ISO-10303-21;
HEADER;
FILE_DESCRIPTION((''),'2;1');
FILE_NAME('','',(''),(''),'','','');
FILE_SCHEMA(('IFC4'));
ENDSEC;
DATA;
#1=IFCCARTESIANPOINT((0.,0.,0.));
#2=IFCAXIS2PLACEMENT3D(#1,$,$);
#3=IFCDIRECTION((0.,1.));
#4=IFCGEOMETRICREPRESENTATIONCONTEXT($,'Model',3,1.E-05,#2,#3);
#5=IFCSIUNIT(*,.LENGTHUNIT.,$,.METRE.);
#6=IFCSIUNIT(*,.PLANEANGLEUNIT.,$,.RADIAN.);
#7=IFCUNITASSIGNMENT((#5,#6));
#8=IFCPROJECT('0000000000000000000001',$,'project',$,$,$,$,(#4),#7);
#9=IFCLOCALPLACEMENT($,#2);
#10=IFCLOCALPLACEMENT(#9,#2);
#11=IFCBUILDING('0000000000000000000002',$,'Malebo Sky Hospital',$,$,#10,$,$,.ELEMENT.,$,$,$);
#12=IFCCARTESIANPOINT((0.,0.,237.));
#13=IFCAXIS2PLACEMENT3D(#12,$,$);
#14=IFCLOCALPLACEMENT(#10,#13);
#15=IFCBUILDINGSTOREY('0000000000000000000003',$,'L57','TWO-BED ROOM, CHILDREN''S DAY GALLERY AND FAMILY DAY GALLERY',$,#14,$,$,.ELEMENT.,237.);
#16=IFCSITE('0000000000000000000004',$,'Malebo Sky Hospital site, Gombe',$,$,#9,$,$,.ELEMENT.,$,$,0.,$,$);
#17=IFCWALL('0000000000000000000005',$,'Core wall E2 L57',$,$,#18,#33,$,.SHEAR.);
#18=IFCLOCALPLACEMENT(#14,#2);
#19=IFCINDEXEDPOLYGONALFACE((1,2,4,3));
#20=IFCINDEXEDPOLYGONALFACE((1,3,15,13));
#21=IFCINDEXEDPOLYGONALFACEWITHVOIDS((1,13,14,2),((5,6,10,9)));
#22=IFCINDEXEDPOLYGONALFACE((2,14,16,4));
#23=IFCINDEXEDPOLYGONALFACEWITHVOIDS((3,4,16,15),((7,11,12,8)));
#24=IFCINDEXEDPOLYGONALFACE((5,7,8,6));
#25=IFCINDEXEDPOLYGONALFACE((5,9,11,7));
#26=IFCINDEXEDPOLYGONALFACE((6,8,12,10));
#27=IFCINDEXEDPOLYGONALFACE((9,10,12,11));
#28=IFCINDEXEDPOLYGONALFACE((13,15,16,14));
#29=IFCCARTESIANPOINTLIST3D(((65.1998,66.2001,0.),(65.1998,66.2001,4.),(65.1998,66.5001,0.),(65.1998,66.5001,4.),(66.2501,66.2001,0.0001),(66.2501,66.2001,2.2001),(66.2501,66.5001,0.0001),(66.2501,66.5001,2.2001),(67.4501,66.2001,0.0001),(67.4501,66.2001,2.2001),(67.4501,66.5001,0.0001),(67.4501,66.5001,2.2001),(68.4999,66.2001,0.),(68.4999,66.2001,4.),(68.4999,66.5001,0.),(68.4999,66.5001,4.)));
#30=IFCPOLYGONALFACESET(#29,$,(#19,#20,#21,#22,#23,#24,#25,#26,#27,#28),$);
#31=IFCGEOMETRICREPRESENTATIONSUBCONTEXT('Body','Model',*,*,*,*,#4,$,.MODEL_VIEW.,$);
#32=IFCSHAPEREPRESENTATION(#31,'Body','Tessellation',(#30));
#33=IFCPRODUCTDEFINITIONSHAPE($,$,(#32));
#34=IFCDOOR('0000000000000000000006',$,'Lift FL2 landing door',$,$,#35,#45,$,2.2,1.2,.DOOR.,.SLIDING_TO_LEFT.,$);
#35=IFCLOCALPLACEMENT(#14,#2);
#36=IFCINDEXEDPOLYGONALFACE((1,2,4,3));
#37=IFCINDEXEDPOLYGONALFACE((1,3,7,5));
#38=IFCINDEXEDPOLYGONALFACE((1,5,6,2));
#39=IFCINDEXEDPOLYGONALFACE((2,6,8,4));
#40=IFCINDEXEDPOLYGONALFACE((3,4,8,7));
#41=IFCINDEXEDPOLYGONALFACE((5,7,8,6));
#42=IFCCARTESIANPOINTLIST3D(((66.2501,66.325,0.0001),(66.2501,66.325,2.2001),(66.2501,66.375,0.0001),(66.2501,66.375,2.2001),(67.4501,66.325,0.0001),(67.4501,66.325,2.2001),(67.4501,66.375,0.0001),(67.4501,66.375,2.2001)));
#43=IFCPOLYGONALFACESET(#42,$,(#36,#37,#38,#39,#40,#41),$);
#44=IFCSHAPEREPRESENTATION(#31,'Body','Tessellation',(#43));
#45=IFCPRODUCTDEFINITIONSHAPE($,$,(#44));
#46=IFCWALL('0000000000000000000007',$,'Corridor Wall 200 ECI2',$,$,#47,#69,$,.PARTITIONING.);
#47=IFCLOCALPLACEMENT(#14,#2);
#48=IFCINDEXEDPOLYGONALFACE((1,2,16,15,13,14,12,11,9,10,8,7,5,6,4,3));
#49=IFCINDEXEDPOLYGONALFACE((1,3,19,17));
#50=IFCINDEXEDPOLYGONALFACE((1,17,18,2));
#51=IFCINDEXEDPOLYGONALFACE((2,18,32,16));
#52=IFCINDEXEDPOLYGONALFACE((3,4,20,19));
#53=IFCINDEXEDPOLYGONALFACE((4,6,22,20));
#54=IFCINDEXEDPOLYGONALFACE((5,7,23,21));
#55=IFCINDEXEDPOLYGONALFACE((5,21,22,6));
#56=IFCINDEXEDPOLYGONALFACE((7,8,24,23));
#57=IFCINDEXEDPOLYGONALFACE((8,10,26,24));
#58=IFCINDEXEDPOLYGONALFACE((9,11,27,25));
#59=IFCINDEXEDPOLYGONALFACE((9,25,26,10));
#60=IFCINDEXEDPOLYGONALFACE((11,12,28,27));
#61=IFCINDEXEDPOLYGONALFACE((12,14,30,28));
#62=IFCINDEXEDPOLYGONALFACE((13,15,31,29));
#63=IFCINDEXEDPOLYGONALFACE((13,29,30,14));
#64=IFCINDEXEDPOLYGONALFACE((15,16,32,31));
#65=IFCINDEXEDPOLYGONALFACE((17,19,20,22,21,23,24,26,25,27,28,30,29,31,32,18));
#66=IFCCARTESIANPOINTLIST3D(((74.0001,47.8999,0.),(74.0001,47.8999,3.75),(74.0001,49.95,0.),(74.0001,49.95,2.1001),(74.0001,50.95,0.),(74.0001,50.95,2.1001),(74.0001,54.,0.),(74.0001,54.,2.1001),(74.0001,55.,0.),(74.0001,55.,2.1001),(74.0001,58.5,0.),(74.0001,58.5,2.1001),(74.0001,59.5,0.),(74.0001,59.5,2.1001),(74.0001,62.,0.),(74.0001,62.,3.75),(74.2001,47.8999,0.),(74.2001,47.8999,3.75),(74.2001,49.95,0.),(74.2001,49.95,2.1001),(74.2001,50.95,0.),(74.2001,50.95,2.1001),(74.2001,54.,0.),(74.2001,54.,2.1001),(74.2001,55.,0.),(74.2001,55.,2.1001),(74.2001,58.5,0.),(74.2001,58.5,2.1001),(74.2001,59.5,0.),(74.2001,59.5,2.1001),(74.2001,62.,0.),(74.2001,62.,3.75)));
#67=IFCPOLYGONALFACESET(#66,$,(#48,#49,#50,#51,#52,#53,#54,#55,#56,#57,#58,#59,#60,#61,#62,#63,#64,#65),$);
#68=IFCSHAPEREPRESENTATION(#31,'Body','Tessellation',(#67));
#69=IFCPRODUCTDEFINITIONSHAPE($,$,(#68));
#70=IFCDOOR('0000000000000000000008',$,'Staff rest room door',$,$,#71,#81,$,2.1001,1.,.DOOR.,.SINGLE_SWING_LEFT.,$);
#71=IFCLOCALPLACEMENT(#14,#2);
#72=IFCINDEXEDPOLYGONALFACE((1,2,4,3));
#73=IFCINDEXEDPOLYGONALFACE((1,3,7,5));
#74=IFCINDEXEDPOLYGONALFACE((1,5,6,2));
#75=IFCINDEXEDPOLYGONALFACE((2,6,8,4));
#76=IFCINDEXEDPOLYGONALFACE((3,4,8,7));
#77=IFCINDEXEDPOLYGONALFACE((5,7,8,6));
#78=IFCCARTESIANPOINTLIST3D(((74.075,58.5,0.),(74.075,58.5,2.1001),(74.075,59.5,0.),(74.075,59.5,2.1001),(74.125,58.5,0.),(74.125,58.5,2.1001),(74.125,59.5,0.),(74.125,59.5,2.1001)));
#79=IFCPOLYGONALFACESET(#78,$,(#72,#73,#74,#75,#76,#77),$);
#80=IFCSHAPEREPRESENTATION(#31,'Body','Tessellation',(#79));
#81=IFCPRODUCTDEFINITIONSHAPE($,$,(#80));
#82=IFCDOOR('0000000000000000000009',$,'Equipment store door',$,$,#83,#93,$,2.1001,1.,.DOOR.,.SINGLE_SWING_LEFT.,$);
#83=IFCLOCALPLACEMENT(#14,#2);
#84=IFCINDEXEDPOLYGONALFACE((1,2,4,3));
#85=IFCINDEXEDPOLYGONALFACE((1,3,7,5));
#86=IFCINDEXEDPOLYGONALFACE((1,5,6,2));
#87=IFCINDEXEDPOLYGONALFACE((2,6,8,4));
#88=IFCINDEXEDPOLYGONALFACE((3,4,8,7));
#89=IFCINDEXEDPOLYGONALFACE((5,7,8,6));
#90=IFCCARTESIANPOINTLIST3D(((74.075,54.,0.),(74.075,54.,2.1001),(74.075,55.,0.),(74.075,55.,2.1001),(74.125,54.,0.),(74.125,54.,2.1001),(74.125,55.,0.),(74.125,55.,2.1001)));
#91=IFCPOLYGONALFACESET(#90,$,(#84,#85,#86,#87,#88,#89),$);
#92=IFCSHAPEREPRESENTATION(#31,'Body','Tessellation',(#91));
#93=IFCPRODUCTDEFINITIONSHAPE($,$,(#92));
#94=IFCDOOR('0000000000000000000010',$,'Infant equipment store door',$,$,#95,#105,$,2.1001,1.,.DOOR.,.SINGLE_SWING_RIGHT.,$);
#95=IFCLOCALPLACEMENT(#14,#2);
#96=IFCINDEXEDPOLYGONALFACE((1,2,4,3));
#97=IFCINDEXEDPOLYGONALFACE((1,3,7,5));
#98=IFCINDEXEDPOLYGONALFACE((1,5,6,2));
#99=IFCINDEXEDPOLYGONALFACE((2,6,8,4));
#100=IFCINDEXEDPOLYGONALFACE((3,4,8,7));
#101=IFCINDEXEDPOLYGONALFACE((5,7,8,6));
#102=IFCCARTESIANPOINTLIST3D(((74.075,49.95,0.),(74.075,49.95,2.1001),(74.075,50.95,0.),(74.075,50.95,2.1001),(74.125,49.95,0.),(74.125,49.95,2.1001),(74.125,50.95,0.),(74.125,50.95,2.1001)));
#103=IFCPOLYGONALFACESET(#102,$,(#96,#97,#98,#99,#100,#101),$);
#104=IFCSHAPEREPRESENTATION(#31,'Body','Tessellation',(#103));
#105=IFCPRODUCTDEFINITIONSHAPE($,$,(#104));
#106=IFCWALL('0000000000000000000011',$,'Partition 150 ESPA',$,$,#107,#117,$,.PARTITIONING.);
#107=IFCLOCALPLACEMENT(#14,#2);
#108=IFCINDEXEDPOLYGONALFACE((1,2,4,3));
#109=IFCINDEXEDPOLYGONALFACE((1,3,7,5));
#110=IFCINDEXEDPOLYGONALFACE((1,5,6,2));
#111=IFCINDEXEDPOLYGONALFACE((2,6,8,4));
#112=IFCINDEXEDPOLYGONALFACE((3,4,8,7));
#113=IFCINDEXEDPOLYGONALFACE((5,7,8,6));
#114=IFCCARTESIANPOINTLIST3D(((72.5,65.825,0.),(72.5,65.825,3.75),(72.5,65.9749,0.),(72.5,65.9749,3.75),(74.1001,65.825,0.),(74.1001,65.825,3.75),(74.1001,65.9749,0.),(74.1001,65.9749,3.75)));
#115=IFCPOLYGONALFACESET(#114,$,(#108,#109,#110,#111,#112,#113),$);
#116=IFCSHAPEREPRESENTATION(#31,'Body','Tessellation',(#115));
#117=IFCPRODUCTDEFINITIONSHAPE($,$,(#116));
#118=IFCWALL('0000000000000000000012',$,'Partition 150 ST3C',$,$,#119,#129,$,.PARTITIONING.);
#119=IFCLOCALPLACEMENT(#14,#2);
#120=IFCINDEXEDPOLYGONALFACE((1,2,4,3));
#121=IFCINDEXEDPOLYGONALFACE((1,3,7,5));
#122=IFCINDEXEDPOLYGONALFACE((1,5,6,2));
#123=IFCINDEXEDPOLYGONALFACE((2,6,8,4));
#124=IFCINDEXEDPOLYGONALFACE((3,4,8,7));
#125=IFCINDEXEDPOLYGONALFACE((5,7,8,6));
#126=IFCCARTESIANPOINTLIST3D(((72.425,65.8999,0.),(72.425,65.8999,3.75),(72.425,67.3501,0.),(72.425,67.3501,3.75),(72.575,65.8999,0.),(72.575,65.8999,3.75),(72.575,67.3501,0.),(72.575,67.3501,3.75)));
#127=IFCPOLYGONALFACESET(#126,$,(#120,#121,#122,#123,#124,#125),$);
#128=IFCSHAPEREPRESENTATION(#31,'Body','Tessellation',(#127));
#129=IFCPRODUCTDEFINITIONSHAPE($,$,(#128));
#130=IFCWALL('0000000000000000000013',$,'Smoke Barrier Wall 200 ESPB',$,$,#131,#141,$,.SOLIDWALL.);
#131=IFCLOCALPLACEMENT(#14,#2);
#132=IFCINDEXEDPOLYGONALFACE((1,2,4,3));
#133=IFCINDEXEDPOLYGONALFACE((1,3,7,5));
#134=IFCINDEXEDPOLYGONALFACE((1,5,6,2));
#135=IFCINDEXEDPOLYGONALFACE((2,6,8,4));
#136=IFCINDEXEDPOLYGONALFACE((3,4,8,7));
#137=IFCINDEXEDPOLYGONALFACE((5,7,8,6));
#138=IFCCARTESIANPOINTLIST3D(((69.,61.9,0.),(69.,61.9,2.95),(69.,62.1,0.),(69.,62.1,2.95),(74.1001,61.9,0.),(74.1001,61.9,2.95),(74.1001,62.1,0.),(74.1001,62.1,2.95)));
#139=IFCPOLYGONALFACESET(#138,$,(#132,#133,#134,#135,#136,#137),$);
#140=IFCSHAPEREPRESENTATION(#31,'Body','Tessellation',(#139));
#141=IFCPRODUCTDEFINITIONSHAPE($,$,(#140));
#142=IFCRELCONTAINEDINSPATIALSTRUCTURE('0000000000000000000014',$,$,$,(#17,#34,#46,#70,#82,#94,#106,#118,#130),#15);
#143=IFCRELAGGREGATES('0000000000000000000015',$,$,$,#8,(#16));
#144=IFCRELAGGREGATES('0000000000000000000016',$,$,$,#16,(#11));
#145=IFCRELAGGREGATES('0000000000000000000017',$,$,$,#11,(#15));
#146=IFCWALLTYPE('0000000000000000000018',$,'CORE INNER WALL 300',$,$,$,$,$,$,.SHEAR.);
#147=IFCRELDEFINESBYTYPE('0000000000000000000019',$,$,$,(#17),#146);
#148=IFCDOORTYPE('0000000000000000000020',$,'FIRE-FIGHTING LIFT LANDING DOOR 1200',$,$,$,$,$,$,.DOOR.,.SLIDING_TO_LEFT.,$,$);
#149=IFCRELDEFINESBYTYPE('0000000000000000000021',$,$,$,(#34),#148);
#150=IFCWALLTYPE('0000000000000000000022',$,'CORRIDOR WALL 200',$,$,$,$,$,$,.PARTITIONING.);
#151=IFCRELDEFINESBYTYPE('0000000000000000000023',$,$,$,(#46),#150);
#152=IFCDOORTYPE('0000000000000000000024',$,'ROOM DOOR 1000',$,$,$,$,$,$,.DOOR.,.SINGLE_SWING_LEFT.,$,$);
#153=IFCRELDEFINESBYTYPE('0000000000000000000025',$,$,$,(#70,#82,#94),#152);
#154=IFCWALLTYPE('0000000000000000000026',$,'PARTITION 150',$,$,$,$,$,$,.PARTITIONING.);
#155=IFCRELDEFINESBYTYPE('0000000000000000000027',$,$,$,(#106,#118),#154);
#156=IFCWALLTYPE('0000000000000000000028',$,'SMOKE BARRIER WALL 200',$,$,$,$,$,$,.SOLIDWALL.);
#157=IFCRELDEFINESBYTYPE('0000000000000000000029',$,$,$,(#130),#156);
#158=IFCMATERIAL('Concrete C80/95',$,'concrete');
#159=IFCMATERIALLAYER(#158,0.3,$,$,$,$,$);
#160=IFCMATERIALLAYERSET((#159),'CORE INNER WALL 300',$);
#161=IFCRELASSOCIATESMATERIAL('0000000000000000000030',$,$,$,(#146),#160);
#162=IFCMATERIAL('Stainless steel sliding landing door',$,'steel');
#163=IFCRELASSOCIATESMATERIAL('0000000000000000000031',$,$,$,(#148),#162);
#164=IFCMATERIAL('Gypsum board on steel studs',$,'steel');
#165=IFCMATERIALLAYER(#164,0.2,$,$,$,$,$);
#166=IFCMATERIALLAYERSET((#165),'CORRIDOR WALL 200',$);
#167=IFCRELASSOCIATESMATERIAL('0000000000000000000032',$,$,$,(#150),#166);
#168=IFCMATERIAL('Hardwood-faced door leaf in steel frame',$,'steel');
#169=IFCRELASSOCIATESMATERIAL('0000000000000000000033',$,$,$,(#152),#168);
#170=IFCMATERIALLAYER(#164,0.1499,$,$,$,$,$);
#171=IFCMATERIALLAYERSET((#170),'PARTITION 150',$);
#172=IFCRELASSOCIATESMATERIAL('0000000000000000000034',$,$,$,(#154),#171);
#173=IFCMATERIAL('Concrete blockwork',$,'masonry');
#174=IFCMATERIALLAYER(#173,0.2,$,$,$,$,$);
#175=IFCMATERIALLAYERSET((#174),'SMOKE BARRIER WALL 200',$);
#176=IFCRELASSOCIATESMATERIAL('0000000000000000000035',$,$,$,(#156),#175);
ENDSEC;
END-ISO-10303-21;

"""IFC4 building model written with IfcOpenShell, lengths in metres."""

from ifc_helpers import new_model, si_unit, direction, frame, frame_2d, origin, place, context, subcontext, project, spatial, rectangle, extrude, material, layer, layer_set, type_object, element, fill, save


model = new_model("IFC4")

# Units and contexts
model_context = context("Model", 3, precision=1e-05, world=origin(), true_north=direction((0.0, 1.0)))
body_context = subcontext(model_context, "Body", "Model", "MODEL_VIEW")
ifc_project = project(units=[si_unit("LENGTHUNIT", "METRE"), si_unit("PLANEANGLEUNIT", "RADIAN")], contexts=[model_context])

# Site, building, storey
site_placement = place(None, origin())
site = spatial("IfcSite", under=ifc_project, at=site_placement, Name="Malebo Sky Hospital site, Gombe", CompositionType="ELEMENT", RefElevation=0.0)
building_placement = place(site_placement, origin())
building = spatial("IfcBuilding", under=site, at=building_placement, Name="Malebo Sky Hospital", CompositionType="ELEMENT")
storey_placement = place(building_placement, frame((0.0, 0.0, 237.0)))
storey = spatial("IfcBuildingStorey", under=building, at=storey_placement, Name="L57", Description="TWO-BED ROOM, CHILDREN'S DAY GALLERY AND FAMILY DAY GALLERY", CompositionType="ELEMENT", Elevation=237.0)

# Shared definitions
ifc_material_1 = material(Name="Concrete C80/95", Category="concrete")

# Wall, opening, door
ifc_layer_1 = layer(ifc_material_1, 0.3)
ifc_layer_set_1 = layer_set([ifc_layer_1], Name="CORE INNER WALL 300")
wall_type_1 = type_object("IfcWallType", Name="CORE INNER WALL 300", PredefinedType="SHEAR", material=ifc_layer_set_1)
ifc_material_2 = material(Name="Hardwood-faced door leaf in steel frame", Category="steel")
wall_1_placement = place(storey_placement, frame((65.2, 66.3501, 0.0), z_axis=(0.0, 0.0, 1.0), x_axis=(1.0, 0.0, 0.0)))
wall_1 = element("IfcWall", 1, at=wall_1_placement, inside=storey, type_object=wall_type_1, Name="Core wall E2 L57", PredefinedType="SHEAR", context=body_context, shape_type="SweptSolid", body=[
    extrude(rectangle(XDim=3.3, YDim=0.3, at=frame_2d((1.6499, 0.0))), origin(), (0.0, 0.0, 1.0), 4.0),
])
opening_1_placement = place(wall_1_placement, frame((1.05, 0.0, 0.0)))
opening_1 = element("IfcOpeningElement", 2, at=opening_1_placement, cuts=wall_1, PredefinedType="OPENING", context=body_context, shape_type="SweptSolid", body=[
    extrude(rectangle(XDim=1.2, YDim=2.2, at=frame_2d((0.6001, 1.1001))), frame((0.0, 0.1599, 0.0), z_axis=(0.0, -1.0, 0.0), x_axis=(1.0, 0.0, 0.0)), (0.0, 0.0, 1.0), 0.3201),
])
ifc_material_3 = material(Name="Stainless steel sliding landing door", Category="steel")
door_type_1 = type_object("IfcDoorType", Name="FIRE-FIGHTING LIFT LANDING DOOR 1200", OperationType="SLIDING_TO_LEFT", PredefinedType="DOOR", material=ifc_material_3)
door_1_placement = place(opening_1_placement, origin())
door_1 = element("IfcDoor", 3, at=door_1_placement, inside=storey, type_object=door_type_1, Name="Lift FL2 landing door", OperationType="SLIDING_TO_LEFT", OverallHeight=2.2, OverallWidth=1.2, PredefinedType="DOOR", context=body_context, shape_type="SweptSolid", body=[
    extrude(rectangle(XDim=1.2, YDim=2.2, at=frame_2d((0.6001, 1.1001))), frame((0.0, 0.0249, 0.0), z_axis=(0.0, -1.0, 0.0), x_axis=(1.0, 0.0, 0.0)), (0.0, 0.0, 1.0), 0.05),
])
fill(opening_1, door_1)

# Wall, openings, doors
ifc_material_4 = material(Name="Gypsum board on steel studs", Category="steel")
ifc_layer_2 = layer(ifc_material_4, 0.2)
ifc_layer_set_2 = layer_set([ifc_layer_2], Name="CORRIDOR WALL 200")
wall_type_2 = type_object("IfcWallType", Name="CORRIDOR WALL 200", PredefinedType="PARTITIONING", material=ifc_layer_set_2)
wall_2_placement = place(storey_placement, frame((74.1001, 62.0, 0.0), z_axis=(0.0, 0.0, 1.0), x_axis=(0.0, -1.0, 0.0)))
wall_2 = element("IfcWall", 4, at=wall_2_placement, inside=storey, type_object=wall_type_2, Name="Corridor Wall 200 ECI2", PredefinedType="PARTITIONING", context=body_context, shape_type="SweptSolid", body=[
    extrude(rectangle(XDim=14.1001, YDim=0.2, at=frame_2d((7.05, 0.0))), origin(), (0.0, 0.0, 1.0), 3.75),
])
opening_2_placement = place(wall_2_placement, frame((2.5, 0.0, 0.0)))
opening_2 = element("IfcOpeningElement", 5, at=opening_2_placement, cuts=wall_2, PredefinedType="OPENING", context=body_context, shape_type="SweptSolid", body=[
    extrude(rectangle(XDim=1.0, YDim=2.1001, at=frame_2d((0.5, 1.05))), frame((0.0, 0.1099, 0.0), z_axis=(0.0, -1.0, 0.0), x_axis=(1.0, 0.0, 0.0)), (0.0, 0.0, 1.0), 0.22),
])
opening_3_placement = place(wall_2_placement, frame((7.0, 0.0, 0.0)))
opening_3 = element("IfcOpeningElement", 6, at=opening_3_placement, cuts=wall_2, PredefinedType="OPENING", context=body_context, shape_type="SweptSolid", body=[
    extrude(rectangle(XDim=1.0, YDim=2.1001, at=frame_2d((0.5, 1.05))), frame((0.0, 0.1099, 0.0), z_axis=(0.0, -1.0, 0.0), x_axis=(1.0, 0.0, 0.0)), (0.0, 0.0, 1.0), 0.22),
])
opening_4_placement = place(wall_2_placement, frame((11.05, 0.0, 0.0)))
opening_4 = element("IfcOpeningElement", 7, at=opening_4_placement, cuts=wall_2, PredefinedType="OPENING", context=body_context, shape_type="SweptSolid", body=[
    extrude(rectangle(XDim=1.0, YDim=2.1001, at=frame_2d((0.5, 1.05))), frame((0.0, 0.1099, 0.0), z_axis=(0.0, -1.0, 0.0), x_axis=(1.0, 0.0, 0.0)), (0.0, 0.0, 1.0), 0.22),
])
door_type_2 = type_object("IfcDoorType", Name="ROOM DOOR 1000", OperationType="SINGLE_SWING_LEFT", PredefinedType="DOOR", material=ifc_material_2)
door_2_placement = place(opening_2_placement, origin())
door_2 = element("IfcDoor", 8, at=door_2_placement, inside=storey, type_object=door_type_2, Name="Staff rest room door", OperationType="SINGLE_SWING_LEFT", OverallHeight=2.1001, OverallWidth=1.0, PredefinedType="DOOR", context=body_context, shape_type="SweptSolid", body=[
    extrude(rectangle(XDim=1.0, YDim=2.1001, at=frame_2d((0.5, 1.05))), frame((0.0, 0.0249, 0.0), z_axis=(0.0, -1.0, 0.0), x_axis=(1.0, 0.0, 0.0)), (0.0, 0.0, 1.0), 0.05),
])
fill(opening_2, door_2)
door_3_placement = place(opening_3_placement, origin())
door_3 = element("IfcDoor", 9, at=door_3_placement, inside=storey, type_object=door_type_2, Name="Equipment store door", OperationType="SINGLE_SWING_LEFT", OverallHeight=2.1001, OverallWidth=1.0, PredefinedType="DOOR", context=body_context, shape_type="SweptSolid", body=[
    extrude(rectangle(XDim=1.0, YDim=2.1001, at=frame_2d((0.5, 1.05))), frame((0.0, 0.0249, 0.0), z_axis=(0.0, -1.0, 0.0), x_axis=(1.0, 0.0, 0.0)), (0.0, 0.0, 1.0), 0.05),
])
fill(opening_3, door_3)
door_4_placement = place(opening_4_placement, origin())
door_4 = element("IfcDoor", 10, at=door_4_placement, inside=storey, type_object=door_type_2, Name="Infant equipment store door", OperationType="SINGLE_SWING_RIGHT", OverallHeight=2.1001, OverallWidth=1.0, PredefinedType="DOOR", context=body_context, shape_type="SweptSolid", body=[
    extrude(rectangle(XDim=1.0, YDim=2.1001, at=frame_2d((0.5, 1.05))), frame((0.0, 0.0249, 0.0), z_axis=(0.0, -1.0, 0.0), x_axis=(1.0, 0.0, 0.0)), (0.0, 0.0, 1.0), 0.05),
])
fill(opening_4, door_4)

# Walls
ifc_layer_3 = layer(ifc_material_4, 0.1499)
ifc_layer_set_3 = layer_set([ifc_layer_3], Name="PARTITION 150")
wall_type_3 = type_object("IfcWallType", Name="PARTITION 150", PredefinedType="PARTITIONING", material=ifc_layer_set_3)
wall_3_placement = place(storey_placement, frame((72.5, 65.8999, 0.0), z_axis=(0.0, 0.0, 1.0), x_axis=(1.0, 0.0, 0.0)))
element("IfcWall", 11, at=wall_3_placement, inside=storey, type_object=wall_type_3, Name="Partition 150 ESPA", PredefinedType="PARTITIONING", context=body_context, shape_type="SweptSolid", body=[
    extrude(rectangle(XDim=1.6001, YDim=0.1499, at=frame_2d((0.8, 0.0))), origin(), (0.0, 0.0, 1.0), 3.75),
])
wall_4_placement = place(storey_placement, frame((72.5, 65.8999, 0.0), z_axis=(0.0, 0.0, 1.0), x_axis=(0.0, 1.0, 0.0)))
element("IfcWall", 12, at=wall_4_placement, inside=storey, type_object=wall_type_3, Name="Partition 150 ST3C", PredefinedType="PARTITIONING", context=body_context, shape_type="SweptSolid", body=[
    extrude(rectangle(XDim=1.4502, YDim=0.1499, at=frame_2d((0.7251, 0.0))), origin(), (0.0, 0.0, 1.0), 3.75),
])
ifc_material_5 = material(Name="Concrete blockwork", Category="masonry")
ifc_layer_4 = layer(ifc_material_5, 0.2)
ifc_layer_set_4 = layer_set([ifc_layer_4], Name="SMOKE BARRIER WALL 200")
wall_type_4 = type_object("IfcWallType", Name="SMOKE BARRIER WALL 200", PredefinedType="SOLIDWALL", material=ifc_layer_set_4)
wall_5_placement = place(storey_placement, frame((69.0, 62.0, 0.0), z_axis=(0.0, 0.0, 1.0), x_axis=(1.0, 0.0, 0.0)))
element("IfcWall", 13, at=wall_5_placement, inside=storey, type_object=wall_type_4, Name="Smoke Barrier Wall 200 ESPB", PredefinedType="SOLIDWALL", context=body_context, shape_type="SweptSolid", body=[
    extrude(rectangle(XDim=5.1001, YDim=0.2, at=frame_2d((2.55, 0.0))), origin(), (0.0, 0.0, 1.0), 2.95),
])

save(model, "model.ifc")
